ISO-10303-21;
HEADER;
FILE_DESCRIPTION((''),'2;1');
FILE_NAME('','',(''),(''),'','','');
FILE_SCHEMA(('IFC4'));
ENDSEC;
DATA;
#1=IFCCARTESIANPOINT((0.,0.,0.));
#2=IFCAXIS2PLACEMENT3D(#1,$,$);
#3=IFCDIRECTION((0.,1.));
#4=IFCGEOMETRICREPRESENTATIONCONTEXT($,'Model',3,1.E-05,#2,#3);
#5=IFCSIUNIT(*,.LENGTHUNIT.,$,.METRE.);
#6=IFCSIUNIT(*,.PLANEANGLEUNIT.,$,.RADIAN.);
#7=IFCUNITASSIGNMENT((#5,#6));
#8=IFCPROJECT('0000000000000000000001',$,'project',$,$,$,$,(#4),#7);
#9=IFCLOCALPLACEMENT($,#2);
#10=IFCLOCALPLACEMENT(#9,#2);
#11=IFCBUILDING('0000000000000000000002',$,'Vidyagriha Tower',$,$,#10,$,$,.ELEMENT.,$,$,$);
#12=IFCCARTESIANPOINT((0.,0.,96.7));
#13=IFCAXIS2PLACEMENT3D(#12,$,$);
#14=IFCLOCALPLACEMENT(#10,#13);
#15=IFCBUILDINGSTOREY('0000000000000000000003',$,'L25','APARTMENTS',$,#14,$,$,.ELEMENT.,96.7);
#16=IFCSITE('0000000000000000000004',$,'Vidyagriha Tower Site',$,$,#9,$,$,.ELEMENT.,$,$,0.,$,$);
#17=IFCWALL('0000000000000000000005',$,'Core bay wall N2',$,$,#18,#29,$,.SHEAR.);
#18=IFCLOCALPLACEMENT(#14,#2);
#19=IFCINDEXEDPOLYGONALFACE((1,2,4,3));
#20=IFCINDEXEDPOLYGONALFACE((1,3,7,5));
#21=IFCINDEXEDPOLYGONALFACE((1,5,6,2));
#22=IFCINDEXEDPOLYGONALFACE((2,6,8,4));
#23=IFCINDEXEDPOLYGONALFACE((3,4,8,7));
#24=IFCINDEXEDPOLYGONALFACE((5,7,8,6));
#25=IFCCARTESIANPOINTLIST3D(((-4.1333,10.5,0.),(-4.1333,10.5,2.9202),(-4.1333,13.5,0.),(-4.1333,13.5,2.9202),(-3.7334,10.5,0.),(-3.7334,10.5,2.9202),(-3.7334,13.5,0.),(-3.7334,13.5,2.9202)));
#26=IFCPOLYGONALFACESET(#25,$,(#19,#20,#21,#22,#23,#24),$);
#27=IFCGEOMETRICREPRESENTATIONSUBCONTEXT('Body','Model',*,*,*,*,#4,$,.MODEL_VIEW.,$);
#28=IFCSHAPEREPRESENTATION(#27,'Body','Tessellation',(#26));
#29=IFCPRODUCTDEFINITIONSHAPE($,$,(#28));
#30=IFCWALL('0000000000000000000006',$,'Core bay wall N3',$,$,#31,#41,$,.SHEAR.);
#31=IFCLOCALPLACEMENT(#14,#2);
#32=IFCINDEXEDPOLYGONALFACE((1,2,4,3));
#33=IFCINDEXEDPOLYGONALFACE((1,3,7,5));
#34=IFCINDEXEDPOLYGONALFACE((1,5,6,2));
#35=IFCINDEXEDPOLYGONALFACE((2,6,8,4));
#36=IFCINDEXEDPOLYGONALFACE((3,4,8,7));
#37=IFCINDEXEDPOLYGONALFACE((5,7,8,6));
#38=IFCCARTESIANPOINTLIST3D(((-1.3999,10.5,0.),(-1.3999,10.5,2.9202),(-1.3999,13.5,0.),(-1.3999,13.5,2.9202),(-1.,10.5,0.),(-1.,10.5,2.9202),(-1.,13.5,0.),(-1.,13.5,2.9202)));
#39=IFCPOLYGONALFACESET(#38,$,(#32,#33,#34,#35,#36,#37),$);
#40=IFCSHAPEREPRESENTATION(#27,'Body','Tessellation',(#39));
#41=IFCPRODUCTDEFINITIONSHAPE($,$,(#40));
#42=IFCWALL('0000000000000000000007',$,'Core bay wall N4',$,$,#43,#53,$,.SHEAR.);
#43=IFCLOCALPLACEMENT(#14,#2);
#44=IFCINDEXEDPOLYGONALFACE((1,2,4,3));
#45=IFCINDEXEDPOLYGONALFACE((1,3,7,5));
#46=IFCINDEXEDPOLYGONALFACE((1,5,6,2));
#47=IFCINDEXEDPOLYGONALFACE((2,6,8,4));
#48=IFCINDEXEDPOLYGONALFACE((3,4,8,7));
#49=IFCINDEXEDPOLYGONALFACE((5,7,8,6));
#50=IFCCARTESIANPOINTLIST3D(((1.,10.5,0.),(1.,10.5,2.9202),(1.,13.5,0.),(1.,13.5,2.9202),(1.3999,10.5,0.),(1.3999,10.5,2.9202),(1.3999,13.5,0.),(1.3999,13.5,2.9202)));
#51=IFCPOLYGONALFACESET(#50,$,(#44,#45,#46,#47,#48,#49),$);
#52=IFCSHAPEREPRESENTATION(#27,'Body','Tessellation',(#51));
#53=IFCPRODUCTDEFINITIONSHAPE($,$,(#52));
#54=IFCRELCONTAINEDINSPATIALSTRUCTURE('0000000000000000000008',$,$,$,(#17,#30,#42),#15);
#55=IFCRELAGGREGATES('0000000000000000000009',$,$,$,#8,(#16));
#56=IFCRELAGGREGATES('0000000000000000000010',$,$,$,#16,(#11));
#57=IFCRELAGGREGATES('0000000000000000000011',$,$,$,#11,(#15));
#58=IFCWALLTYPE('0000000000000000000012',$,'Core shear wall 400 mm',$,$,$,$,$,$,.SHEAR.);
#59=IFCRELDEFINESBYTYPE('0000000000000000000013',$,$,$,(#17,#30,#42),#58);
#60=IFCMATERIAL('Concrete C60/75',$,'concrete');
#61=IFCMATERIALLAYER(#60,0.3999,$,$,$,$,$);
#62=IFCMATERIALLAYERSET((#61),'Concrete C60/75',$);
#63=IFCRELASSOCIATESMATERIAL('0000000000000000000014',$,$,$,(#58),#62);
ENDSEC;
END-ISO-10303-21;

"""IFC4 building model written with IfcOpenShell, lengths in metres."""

from ifc_helpers import new_model, si_unit, direction, frame, frame_2d, origin, place, context, subcontext, project, spatial, rectangle, extrude, material, layer, layer_set, type_object, element, save


model = new_model("IFC4")

# Units and contexts
model_context = context("Model", 3, precision=1e-05, world=origin(), true_north=direction((0.0, 1.0)))
body_context = subcontext(model_context, "Body", "Model", "MODEL_VIEW")
ifc_project = project(units=[si_unit("LENGTHUNIT", "METRE"), si_unit("PLANEANGLEUNIT", "RADIAN")], contexts=[model_context])

# Site, building, storey
site_placement = place(None, origin())
site = spatial("IfcSite", under=ifc_project, at=site_placement, Name="Vidyagriha Tower Site", CompositionType="ELEMENT", RefElevation=0.0)
building_placement = place(site_placement, origin())
building = spatial("IfcBuilding", under=site, at=building_placement, Name="Vidyagriha Tower", CompositionType="ELEMENT")
storey_placement = place(building_placement, frame((0.0, 0.0, 96.7)))
storey = spatial("IfcBuildingStorey", under=building, at=storey_placement, Name="L25", Description="APARTMENTS", CompositionType="ELEMENT", Elevation=96.7)

# Shared definitions
ifc_material_1 = material(Name="Concrete C60/75", Category="concrete")
ifc_layer_1 = layer(ifc_material_1, 0.3999)
ifc_layer_set_1 = layer_set([ifc_layer_1], Name="Concrete C60/75")
wall_type = type_object("IfcWallType", Name="Core shear wall 400 mm", PredefinedType="SHEAR", material=ifc_layer_set_1)

# Walls
for number, where, z_axis, x_axis, name in (
    (1, (-3.9333, 10.5, 0.0), (0.0, 0.0, 1.0), (0.0, 1.0, 0.0), "Core bay wall N2"),
    (2, (-1.2, 10.5, 0.0), (0.0, 0.0, 1.0), (0.0, 1.0, 0.0), "Core bay wall N3"),
    (3, (1.2, 10.5, 0.0), (0.0, 0.0, 1.0), (0.0, 1.0, 0.0), "Core bay wall N4"),
):
    element("IfcWall", number, at=place(storey_placement, frame(where, z_axis=z_axis, x_axis=x_axis)), inside=storey, type_object=wall_type, Name=name, PredefinedType="SHEAR", context=body_context, shape_type="SweptSolid", body=[
        extrude(rectangle(XDim=3.0, YDim=0.3999, at=frame_2d((1.5, 0.0))), origin(), (0.0, 0.0, 1.0), 2.9202),
    ])

save(model, "model.ifc")
